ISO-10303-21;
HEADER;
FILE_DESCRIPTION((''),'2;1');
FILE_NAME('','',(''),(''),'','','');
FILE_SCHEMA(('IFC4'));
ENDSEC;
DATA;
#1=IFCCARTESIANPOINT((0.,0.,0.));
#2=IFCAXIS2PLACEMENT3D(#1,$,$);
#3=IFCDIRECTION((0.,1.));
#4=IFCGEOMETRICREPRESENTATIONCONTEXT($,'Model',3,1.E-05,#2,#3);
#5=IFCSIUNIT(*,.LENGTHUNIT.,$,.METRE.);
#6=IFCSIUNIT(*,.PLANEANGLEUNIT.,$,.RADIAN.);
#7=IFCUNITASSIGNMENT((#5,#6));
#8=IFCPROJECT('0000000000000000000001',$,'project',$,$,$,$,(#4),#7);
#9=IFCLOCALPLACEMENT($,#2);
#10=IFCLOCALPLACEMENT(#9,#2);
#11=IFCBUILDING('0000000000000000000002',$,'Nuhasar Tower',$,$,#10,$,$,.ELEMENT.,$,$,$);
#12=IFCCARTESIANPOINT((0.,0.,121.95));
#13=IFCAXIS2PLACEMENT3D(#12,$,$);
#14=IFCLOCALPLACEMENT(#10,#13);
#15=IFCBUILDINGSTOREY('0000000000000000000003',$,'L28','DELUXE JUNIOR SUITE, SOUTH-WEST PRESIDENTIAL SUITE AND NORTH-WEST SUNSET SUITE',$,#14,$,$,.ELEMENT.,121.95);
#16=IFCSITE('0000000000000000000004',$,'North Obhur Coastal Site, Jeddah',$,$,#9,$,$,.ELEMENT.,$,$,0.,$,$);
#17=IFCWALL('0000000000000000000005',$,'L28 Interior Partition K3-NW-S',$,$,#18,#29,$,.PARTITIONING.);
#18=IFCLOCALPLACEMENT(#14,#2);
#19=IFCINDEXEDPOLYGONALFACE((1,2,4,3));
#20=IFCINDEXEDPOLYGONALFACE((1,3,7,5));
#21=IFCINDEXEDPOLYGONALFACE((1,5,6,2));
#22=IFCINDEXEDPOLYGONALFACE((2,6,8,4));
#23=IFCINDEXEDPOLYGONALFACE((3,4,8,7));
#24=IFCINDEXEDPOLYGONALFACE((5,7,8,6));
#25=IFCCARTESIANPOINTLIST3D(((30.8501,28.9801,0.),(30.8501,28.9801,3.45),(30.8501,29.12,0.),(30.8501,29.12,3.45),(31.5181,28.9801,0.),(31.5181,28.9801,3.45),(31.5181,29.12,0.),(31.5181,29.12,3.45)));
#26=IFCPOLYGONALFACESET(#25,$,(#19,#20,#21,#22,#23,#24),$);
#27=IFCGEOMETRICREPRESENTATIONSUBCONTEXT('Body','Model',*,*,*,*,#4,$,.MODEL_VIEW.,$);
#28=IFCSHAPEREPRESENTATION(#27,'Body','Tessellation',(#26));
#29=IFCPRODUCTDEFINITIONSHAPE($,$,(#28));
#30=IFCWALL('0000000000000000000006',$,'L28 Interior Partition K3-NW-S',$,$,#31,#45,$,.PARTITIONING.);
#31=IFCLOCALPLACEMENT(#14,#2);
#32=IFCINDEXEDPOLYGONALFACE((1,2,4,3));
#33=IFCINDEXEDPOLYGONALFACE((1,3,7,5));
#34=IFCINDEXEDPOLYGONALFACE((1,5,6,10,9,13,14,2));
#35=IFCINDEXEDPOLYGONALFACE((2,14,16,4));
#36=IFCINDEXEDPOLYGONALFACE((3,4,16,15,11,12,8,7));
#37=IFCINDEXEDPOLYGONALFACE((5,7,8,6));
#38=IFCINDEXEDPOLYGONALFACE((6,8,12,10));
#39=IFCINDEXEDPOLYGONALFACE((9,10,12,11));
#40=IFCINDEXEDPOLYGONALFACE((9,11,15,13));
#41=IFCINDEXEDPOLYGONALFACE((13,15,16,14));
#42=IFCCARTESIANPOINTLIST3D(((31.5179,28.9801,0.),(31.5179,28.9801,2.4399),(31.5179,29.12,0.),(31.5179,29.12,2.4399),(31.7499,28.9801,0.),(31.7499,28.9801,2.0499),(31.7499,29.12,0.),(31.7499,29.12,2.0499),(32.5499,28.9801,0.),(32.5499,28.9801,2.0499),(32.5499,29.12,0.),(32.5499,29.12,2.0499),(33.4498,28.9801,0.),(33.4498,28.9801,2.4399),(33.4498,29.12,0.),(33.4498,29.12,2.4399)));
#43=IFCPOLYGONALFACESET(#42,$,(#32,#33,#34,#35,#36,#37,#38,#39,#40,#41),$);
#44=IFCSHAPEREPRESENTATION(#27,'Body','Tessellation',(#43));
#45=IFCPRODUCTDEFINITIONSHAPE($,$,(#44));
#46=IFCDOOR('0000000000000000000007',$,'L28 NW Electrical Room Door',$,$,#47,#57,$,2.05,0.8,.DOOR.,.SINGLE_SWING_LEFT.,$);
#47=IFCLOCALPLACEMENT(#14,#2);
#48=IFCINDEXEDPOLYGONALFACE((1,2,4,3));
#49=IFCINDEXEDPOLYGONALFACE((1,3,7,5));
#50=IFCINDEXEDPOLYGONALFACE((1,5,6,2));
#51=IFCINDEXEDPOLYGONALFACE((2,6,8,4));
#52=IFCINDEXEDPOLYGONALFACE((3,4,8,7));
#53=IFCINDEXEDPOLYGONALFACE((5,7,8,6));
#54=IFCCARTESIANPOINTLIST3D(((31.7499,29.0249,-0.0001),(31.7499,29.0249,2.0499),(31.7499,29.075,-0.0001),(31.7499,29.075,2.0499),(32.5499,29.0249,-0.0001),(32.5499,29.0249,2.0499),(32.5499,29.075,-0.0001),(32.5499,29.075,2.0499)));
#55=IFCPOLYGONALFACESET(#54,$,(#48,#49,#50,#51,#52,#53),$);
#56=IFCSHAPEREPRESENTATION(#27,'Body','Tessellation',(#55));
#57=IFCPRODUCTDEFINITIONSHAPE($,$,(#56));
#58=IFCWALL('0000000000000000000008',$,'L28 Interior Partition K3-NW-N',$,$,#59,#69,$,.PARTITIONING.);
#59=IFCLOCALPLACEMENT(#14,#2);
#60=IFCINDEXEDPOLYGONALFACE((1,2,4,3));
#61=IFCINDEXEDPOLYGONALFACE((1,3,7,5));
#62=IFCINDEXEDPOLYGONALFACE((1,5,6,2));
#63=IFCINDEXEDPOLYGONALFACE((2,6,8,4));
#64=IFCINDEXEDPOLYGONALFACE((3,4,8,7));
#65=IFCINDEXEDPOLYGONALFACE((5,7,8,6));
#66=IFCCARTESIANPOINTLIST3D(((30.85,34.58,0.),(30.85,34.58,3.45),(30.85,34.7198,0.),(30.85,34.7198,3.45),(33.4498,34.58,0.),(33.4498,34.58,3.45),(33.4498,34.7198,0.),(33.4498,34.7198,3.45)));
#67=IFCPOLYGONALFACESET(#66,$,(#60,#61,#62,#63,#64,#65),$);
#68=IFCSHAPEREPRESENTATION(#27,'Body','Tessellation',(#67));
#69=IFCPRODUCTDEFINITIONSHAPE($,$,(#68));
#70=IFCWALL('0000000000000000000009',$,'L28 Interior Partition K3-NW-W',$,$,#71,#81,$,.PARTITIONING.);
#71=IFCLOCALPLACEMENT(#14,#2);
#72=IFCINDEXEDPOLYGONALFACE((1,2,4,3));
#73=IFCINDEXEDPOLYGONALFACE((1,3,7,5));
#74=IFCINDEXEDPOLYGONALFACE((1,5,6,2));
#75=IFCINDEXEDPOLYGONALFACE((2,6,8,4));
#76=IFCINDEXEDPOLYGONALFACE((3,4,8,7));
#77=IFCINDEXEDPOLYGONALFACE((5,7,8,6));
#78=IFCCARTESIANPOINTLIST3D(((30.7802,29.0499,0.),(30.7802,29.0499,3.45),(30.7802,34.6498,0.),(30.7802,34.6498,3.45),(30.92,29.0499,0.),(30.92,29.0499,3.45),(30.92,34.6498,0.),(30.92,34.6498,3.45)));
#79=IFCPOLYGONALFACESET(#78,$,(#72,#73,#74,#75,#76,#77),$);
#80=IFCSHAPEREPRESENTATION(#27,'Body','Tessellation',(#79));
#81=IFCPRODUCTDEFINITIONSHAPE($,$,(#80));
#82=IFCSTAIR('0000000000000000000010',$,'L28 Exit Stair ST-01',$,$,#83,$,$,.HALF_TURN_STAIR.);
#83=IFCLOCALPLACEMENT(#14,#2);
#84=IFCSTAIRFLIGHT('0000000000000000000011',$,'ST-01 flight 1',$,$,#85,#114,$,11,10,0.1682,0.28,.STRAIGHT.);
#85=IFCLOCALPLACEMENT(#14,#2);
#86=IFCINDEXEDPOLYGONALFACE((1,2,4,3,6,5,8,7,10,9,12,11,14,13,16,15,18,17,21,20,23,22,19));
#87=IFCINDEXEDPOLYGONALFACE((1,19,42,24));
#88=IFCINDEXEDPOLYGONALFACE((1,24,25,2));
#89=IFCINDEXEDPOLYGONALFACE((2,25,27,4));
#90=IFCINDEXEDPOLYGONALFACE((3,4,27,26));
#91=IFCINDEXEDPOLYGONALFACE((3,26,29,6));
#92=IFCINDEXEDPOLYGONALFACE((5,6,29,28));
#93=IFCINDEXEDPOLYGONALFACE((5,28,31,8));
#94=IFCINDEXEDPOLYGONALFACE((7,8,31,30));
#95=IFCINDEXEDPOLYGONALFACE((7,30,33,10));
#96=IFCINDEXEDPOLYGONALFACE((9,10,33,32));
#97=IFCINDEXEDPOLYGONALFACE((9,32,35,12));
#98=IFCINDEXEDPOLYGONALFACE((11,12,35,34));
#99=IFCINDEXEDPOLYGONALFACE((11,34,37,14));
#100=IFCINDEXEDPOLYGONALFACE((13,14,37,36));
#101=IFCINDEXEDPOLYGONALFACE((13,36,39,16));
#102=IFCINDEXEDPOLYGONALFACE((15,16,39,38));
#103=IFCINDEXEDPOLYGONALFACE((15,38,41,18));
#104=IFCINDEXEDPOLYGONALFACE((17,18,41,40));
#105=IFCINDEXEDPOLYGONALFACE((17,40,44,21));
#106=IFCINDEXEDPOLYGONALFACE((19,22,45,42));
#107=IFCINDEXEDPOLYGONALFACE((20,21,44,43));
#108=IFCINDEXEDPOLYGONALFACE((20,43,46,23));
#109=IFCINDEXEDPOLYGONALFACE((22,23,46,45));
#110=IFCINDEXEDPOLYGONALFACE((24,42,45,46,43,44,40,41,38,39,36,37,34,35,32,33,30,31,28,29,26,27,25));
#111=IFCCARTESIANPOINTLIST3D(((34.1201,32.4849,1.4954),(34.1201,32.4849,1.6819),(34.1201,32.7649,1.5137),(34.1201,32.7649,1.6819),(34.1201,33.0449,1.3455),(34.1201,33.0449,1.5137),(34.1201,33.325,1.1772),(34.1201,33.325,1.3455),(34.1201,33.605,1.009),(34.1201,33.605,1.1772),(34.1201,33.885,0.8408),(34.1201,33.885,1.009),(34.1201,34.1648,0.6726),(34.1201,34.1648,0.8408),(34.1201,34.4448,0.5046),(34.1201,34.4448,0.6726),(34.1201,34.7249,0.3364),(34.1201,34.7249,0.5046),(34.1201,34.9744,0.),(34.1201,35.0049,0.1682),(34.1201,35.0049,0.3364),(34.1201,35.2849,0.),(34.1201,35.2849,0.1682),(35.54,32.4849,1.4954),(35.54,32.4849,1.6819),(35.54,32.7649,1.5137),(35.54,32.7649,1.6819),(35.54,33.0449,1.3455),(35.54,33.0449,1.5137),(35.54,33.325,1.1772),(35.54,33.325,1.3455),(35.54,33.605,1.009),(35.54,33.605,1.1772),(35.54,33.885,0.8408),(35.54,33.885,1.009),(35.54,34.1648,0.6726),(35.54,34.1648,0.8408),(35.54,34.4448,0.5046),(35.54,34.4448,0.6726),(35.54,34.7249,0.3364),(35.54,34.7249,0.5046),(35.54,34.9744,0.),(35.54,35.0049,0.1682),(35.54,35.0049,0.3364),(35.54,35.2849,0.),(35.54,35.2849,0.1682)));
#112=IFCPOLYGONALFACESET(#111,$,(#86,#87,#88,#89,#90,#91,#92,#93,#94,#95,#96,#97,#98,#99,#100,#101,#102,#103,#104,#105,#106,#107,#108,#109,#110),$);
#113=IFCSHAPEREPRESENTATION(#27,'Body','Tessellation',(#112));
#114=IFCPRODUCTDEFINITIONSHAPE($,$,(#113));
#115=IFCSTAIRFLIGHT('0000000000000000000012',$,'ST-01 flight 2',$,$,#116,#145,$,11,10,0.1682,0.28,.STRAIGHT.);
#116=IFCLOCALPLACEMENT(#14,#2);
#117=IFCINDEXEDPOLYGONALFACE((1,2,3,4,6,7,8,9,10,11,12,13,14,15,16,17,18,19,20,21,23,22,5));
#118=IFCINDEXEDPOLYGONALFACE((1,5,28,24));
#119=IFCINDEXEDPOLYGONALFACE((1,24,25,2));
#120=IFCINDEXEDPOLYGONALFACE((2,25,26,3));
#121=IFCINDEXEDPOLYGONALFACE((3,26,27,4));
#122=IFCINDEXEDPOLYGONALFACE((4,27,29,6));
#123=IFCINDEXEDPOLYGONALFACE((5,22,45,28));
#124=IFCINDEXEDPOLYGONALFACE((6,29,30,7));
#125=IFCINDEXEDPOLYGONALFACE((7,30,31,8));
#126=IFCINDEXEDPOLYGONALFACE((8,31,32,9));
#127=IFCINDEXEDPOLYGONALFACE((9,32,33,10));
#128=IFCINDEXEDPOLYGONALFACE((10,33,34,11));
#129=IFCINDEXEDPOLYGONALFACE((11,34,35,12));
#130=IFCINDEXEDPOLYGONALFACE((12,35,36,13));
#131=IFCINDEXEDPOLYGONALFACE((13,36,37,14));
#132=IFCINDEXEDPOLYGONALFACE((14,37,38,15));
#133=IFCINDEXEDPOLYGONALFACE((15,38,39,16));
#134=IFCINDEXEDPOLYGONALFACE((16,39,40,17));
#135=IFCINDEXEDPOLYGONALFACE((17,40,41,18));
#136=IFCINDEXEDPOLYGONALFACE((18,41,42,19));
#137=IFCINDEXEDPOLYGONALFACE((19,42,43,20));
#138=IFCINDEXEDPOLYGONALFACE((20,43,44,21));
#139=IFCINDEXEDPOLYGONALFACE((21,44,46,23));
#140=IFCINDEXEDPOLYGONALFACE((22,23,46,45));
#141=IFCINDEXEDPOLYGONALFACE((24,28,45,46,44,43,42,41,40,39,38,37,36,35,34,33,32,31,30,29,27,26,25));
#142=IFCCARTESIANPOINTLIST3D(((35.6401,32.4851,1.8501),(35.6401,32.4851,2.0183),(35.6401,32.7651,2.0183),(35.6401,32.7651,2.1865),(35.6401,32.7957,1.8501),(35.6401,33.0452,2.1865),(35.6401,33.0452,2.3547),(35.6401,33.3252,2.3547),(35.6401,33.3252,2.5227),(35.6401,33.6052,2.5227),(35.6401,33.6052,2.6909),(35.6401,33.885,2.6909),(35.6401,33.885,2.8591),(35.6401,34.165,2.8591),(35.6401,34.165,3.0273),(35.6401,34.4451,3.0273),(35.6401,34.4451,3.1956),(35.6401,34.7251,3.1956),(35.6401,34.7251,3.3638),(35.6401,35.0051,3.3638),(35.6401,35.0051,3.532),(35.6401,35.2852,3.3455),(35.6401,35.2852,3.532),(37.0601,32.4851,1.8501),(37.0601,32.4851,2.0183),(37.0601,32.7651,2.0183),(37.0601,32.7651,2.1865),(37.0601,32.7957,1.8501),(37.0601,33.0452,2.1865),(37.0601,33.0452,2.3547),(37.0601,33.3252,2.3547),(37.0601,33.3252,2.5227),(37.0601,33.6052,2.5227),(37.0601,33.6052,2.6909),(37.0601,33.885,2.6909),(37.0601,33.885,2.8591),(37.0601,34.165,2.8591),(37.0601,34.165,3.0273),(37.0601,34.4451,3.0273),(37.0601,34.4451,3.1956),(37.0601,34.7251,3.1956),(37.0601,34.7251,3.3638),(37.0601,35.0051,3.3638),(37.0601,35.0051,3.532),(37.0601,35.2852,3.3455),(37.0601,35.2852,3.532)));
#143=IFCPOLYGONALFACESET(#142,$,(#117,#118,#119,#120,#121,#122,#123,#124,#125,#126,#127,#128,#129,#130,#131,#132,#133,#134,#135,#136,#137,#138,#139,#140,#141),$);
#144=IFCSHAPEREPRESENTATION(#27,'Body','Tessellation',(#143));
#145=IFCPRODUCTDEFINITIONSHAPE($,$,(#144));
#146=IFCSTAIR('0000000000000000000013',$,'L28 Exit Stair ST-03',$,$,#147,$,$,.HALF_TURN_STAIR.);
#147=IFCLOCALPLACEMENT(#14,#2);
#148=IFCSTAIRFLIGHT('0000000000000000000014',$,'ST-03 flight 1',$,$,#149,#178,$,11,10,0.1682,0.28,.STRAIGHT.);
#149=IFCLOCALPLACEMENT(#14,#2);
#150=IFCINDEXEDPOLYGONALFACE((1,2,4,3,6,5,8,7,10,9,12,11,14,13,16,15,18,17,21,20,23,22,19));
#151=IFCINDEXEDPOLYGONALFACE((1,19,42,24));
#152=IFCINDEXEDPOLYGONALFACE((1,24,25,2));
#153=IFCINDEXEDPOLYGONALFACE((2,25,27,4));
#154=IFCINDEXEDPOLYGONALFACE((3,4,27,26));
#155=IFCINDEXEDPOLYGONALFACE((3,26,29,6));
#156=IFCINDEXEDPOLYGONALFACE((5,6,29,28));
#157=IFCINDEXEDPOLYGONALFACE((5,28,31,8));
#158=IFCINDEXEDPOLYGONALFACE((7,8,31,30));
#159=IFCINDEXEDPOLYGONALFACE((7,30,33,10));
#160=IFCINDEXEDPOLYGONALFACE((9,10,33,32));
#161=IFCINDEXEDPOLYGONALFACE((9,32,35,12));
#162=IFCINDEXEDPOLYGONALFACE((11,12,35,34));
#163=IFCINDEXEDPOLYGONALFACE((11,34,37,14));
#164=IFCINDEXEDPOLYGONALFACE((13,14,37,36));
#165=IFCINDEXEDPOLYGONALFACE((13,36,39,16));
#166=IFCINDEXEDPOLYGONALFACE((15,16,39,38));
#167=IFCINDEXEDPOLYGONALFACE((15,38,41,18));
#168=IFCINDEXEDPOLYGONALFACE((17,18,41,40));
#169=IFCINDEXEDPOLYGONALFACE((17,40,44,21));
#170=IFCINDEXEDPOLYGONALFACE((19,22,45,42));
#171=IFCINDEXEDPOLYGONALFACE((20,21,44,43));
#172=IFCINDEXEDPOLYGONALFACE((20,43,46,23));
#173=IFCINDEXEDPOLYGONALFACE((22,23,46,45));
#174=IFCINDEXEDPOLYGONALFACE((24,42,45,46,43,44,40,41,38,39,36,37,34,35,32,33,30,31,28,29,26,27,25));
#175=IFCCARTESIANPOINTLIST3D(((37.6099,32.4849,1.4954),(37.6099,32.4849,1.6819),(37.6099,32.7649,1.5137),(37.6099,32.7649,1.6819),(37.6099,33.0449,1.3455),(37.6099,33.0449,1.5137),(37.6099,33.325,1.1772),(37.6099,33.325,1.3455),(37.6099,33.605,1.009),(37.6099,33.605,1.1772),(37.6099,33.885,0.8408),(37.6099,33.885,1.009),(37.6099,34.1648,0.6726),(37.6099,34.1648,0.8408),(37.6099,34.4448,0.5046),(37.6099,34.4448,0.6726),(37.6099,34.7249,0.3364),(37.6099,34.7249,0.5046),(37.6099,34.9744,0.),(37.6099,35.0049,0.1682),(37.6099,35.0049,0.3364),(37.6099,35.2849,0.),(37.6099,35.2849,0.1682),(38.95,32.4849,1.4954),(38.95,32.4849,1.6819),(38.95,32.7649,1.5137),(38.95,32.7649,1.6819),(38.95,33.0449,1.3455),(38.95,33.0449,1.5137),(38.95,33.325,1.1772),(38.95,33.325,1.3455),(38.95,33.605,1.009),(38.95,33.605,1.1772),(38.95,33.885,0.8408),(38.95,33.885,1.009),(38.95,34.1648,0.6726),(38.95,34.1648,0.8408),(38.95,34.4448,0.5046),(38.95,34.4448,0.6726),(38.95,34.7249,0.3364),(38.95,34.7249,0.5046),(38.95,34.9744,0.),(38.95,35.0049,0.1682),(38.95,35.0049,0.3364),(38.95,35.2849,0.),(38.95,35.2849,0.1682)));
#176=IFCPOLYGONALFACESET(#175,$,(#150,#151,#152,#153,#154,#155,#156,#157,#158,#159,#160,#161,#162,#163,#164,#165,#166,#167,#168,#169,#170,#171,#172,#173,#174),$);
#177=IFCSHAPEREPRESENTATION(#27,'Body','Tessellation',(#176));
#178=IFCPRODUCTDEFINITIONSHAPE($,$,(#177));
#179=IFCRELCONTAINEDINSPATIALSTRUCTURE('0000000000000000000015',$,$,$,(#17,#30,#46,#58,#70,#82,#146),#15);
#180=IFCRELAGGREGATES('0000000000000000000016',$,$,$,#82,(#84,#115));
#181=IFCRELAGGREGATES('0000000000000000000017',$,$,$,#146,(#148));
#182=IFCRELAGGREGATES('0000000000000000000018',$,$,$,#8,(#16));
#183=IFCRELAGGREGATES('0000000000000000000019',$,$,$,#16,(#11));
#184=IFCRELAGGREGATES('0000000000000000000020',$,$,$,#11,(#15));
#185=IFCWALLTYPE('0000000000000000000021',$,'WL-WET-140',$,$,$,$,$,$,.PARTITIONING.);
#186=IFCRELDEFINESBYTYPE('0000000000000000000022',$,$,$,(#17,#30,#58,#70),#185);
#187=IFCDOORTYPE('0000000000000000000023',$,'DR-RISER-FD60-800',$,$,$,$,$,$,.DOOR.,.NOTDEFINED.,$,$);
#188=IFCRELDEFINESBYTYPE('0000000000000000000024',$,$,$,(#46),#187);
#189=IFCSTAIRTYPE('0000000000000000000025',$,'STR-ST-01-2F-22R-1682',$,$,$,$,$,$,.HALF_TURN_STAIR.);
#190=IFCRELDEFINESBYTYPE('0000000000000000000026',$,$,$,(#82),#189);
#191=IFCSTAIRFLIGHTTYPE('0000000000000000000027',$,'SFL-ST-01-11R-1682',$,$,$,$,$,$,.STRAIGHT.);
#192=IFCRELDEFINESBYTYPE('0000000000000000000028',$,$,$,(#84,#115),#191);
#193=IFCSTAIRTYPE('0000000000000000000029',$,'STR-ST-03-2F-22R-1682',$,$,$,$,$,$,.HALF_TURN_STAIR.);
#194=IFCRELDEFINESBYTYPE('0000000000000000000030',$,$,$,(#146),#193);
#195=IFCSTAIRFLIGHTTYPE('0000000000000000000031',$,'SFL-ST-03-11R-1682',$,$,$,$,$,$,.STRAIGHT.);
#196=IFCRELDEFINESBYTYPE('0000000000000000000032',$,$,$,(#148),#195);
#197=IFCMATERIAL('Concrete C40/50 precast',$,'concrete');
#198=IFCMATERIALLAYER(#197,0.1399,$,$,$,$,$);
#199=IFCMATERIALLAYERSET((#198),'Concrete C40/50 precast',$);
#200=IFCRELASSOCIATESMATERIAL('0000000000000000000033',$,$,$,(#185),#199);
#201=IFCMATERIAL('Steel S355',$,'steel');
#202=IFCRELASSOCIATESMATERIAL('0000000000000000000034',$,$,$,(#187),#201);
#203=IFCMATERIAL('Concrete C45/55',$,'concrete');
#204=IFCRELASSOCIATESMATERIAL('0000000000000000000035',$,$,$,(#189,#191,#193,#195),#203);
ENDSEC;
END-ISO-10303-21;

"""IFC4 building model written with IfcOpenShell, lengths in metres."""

from ifc_helpers import new_model, si_unit, direction, frame, frame_2d, origin, place, context, subcontext, project, spatial, polyline, rectangle, outline, extrude, material, layer, layer_set, type_object, element, fill, aggregate, save


model = new_model("IFC4")

# Units and contexts
model_context = context("Model", 3, precision=1e-05, world=origin(), true_north=direction((0.0, 1.0)))
body_context = subcontext(model_context, "Body", "Model", "MODEL_VIEW")
ifc_project = project(units=[si_unit("LENGTHUNIT", "METRE"), si_unit("PLANEANGLEUNIT", "RADIAN")], contexts=[model_context])

# Site, building, storey
site_placement = place(None, origin())
site = spatial("IfcSite", under=ifc_project, at=site_placement, Name="North Obhur Coastal Site, Jeddah", CompositionType="ELEMENT", RefElevation=0.0)
building_placement = place(site_placement, origin())
building = spatial("IfcBuilding", under=site, at=building_placement, Name="Nuhasar Tower", CompositionType="ELEMENT")
storey_placement = place(building_placement, frame((0.0, 0.0, 121.95)))
storey = spatial("IfcBuildingStorey", under=building, at=storey_placement, Name="L28", Description="DELUXE JUNIOR SUITE, SOUTH-WEST PRESIDENTIAL SUITE AND NORTH-WEST SUNSET SUITE", CompositionType="ELEMENT", Elevation=121.95)

# Shared definitions
ifc_material_1 = material(Name="Steel S355", Category="steel")

# Shared definitions
ifc_material_2 = material(Name="Concrete C40/50 precast", Category="concrete")
ifc_layer_1 = layer(ifc_material_2, 0.1399)
ifc_layer_set_1 = layer_set([ifc_layer_1], Name="Concrete C40/50 precast")
wall_type_1 = type_object("IfcWallType", Name="WL-WET-140", PredefinedType="PARTITIONING", material=ifc_layer_set_1)

# Wall
wall_1_placement = place(storey_placement, frame((30.8501, 29.05, 0.0), z_axis=(0.0, 0.0, 1.0), x_axis=(1.0, 0.0, 0.0)))
element("IfcWall", 1, at=wall_1_placement, inside=storey, type_object=wall_type_1, Name="L28 Interior Partition K3-NW-S", PredefinedType="PARTITIONING", context=body_context, shape_type="SweptSolid", body=[
    extrude(rectangle(XDim=0.668, YDim=0.1399, at=frame_2d((0.334, 0.0))), origin(), (0.0, 0.0, 1.0), 3.45),
])

# Wall, opening, door
wall_2_placement = place(storey_placement, frame((31.5181, 29.05, 0.0), z_axis=(0.0, 0.0, 1.0), x_axis=(1.0, 0.0, 0.0)))
wall_2 = element("IfcWall", 2, at=wall_2_placement, inside=storey, type_object=wall_type_1, Name="L28 Interior Partition K3-NW-S", PredefinedType="PARTITIONING", context=body_context, shape_type="SweptSolid", body=[
    extrude(rectangle(XDim=1.9319, YDim=0.1399, at=frame_2d((0.9658, 0.0))), origin(), (0.0, 0.0, 1.0), 2.4399),
])
opening_1_placement = place(wall_2_placement, frame((0.2319, 0.0, 0.0)))
opening_1 = element("IfcOpeningElement", 3, at=opening_1_placement, cuts=wall_2, PredefinedType="OPENING", context=body_context, shape_type="SweptSolid", body=[
    extrude(rectangle(XDim=0.8, YDim=2.05, at=frame_2d((0.3999, 1.0249))), frame((0.0, 0.0801, 0.0), z_axis=(0.0, -1.0, 0.0), x_axis=(1.0, 0.0, 0.0)), (0.0, 0.0, 1.0), 0.1599),
])
door_type_1 = type_object("IfcDoorType", Name="DR-RISER-FD60-800", OperationType="NOTDEFINED", PredefinedType="DOOR", material=ifc_material_1)
door_1_placement = place(opening_1_placement, origin())
door_1 = element("IfcDoor", 4, at=door_1_placement, inside=storey, type_object=door_type_1, Name="L28 NW Electrical Room Door", OperationType="SINGLE_SWING_LEFT", OverallHeight=2.05, OverallWidth=0.8, PredefinedType="DOOR", context=body_context, shape_type="SweptSolid", body=[
    extrude(rectangle(XDim=0.8, YDim=2.05, at=frame_2d((0.3999, 1.0249))), frame((0.0, 0.0249, 0.0), z_axis=(0.0, -1.0, 0.0), x_axis=(1.0, 0.0, 0.0)), (0.0, 0.0, 1.0), 0.05),
])
fill(opening_1, door_1)

# Walls
wall_3_placement = place(storey_placement, frame((30.8501, 34.6499, 0.0), z_axis=(0.0, 0.0, 1.0), x_axis=(1.0, 0.0, 0.0)))
element("IfcWall", 5, at=wall_3_placement, inside=storey, type_object=wall_type_1, Name="L28 Interior Partition K3-NW-N", PredefinedType="PARTITIONING", context=body_context, shape_type="SweptSolid", body=[
    extrude(rectangle(XDim=2.5999, YDim=0.1399, at=frame_2d((1.2998, 0.0))), origin(), (0.0, 0.0, 1.0), 3.45),
])
wall_4_placement = place(storey_placement, frame((30.8501, 29.05, 0.0), z_axis=(0.0, 0.0, 1.0), x_axis=(0.0, 1.0, 0.0)))
element("IfcWall", 6, at=wall_4_placement, inside=storey, type_object=wall_type_1, Name="L28 Interior Partition K3-NW-W", PredefinedType="PARTITIONING", context=body_context, shape_type="SweptSolid", body=[
    extrude(rectangle(XDim=5.5999, YDim=0.1399, at=frame_2d((2.7998, 0.0))), origin(), (0.0, 0.0, 1.0), 3.45),
])

# Stair, stair flights
ifc_material_3 = material(Name="Concrete C45/55", Category="concrete")
stair_type_1 = type_object("IfcStairType", Name="STR-ST-01-2F-22R-1682", PredefinedType="HALF_TURN_STAIR", material=ifc_material_3)
stair_1_placement = place(storey_placement, origin())
stair_1 = element("IfcStair", 7, at=stair_1_placement, inside=storey, type_object=stair_type_1, Name="L28 Exit Stair ST-01", PredefinedType="HALF_TURN_STAIR")
stair_flight_type_1 = type_object("IfcStairFlightType", Name="SFL-ST-01-11R-1682", PredefinedType="STRAIGHT", material=ifc_material_3)
stair_flight_1_placement = place(storey_placement, frame((34.8301, 35.2849, 0.0), z_axis=(0.0, 0.0, 1.0), x_axis=(0.0, -1.0, 0.0)))
stair_flight_1 = element("IfcStairFlight", 8, at=stair_flight_1_placement, type_object=stair_flight_type_1, Name="ST-01 flight 1", NumberOfRisers=11, NumberOfTreads=10, PredefinedType="STRAIGHT", RiserHeight=0.1682, TreadLength=0.28, context=body_context, shape_type="SweptSolid", body=[
    extrude(outline(polyline([(0.0, 0.0), (0.0, 0.1682), (0.28, 0.1682), (0.28, 0.3364), (0.5601, 0.3364), (0.5601, 0.5046), (0.8401, 0.5046), (0.8401, 0.6726), (1.1201, 0.6726), (1.1201, 0.8408), (1.3999, 0.8408), (1.3999, 1.009), (1.6799, 1.009), (1.6799, 1.1772), (1.96, 1.1772), (1.96, 1.3455), (2.24, 1.3455), (2.24, 1.5137), (2.52, 1.5137), (2.52, 1.6819), (2.8, 1.6819), (2.8, 1.8501), (2.8, 1.4954), (0.3105, 0.0), (0.0, 0.0)])), frame((0.0, 0.71, 0.0), z_axis=(0.0, -1.0, 0.0), x_axis=(1.0, 0.0, 0.0)), (0.0, 0.0, 1.0), 1.4199),
])
stair_flight_2_placement = place(storey_placement, frame((36.3501, 32.4851, 1.8501), z_axis=(0.0, 0.0, 1.0), x_axis=(0.0, 1.0, 0.0)))
stair_flight_2 = element("IfcStairFlight", 9, at=stair_flight_2_placement, type_object=stair_flight_type_1, Name="ST-01 flight 2", NumberOfRisers=11, NumberOfTreads=10, PredefinedType="STRAIGHT", RiserHeight=0.1682, TreadLength=0.28, context=body_context, shape_type="SweptSolid", body=[
    extrude(outline(polyline([(0.0, 0.0), (0.0, 0.1682), (0.28, 0.1682), (0.28, 0.3364), (0.5601, 0.3364), (0.5601, 0.5046), (0.8401, 0.5046), (0.8401, 0.6726), (1.1201, 0.6726), (1.1201, 0.8408), (1.3999, 0.8408), (1.3999, 1.009), (1.6799, 1.009), (1.6799, 1.1772), (1.96, 1.1772), (1.96, 1.3455), (2.24, 1.3455), (2.24, 1.5137), (2.52, 1.5137), (2.52, 1.6819), (2.8, 1.6819), (2.8, 1.8501), (2.8, 1.4954), (0.3105, 0.0), (0.0, 0.0)])), frame((0.0, 0.71, 0.0), z_axis=(0.0, -1.0, 0.0), x_axis=(1.0, 0.0, 0.0)), (0.0, 0.0, 1.0), 1.4199),
])
aggregate(stair_1, [stair_flight_1, stair_flight_2])

# Stair, stair flight
stair_type_2 = type_object("IfcStairType", Name="STR-ST-03-2F-22R-1682", PredefinedType="HALF_TURN_STAIR", material=ifc_material_3)
stair_2_placement = place(storey_placement, origin())
stair_2 = element("IfcStair", 10, at=stair_2_placement, inside=storey, type_object=stair_type_2, Name="L28 Exit Stair ST-03", PredefinedType="HALF_TURN_STAIR")
stair_flight_type_2 = type_object("IfcStairFlightType", Name="SFL-ST-03-11R-1682", PredefinedType="STRAIGHT", material=ifc_material_3)
stair_flight_3_placement = place(storey_placement, frame((38.28, 35.2849, 0.0), z_axis=(0.0, 0.0, 1.0), x_axis=(0.0, -1.0, 0.0)))
stair_flight_3 = element("IfcStairFlight", 11, at=stair_flight_3_placement, type_object=stair_flight_type_2, Name="ST-03 flight 1", NumberOfRisers=11, NumberOfTreads=10, PredefinedType="STRAIGHT", RiserHeight=0.1682, TreadLength=0.28, context=body_context, shape_type="SweptSolid", body=[
    extrude(outline(polyline([(0.0, 0.0), (0.0, 0.1682), (0.28, 0.1682), (0.28, 0.3364), (0.5601, 0.3364), (0.5601, 0.5046), (0.8401, 0.5046), (0.8401, 0.6726), (1.1201, 0.6726), (1.1201, 0.8408), (1.3999, 0.8408), (1.3999, 1.009), (1.6799, 1.009), (1.6799, 1.1772), (1.96, 1.1772), (1.96, 1.3455), (2.24, 1.3455), (2.24, 1.5137), (2.52, 1.5137), (2.52, 1.6819), (2.8, 1.6819), (2.8, 1.8501), (2.8, 1.4954), (0.3105, 0.0), (0.0, 0.0)])), frame((0.0, 0.6699, 0.0), z_axis=(0.0, -1.0, 0.0), x_axis=(1.0, 0.0, 0.0)), (0.0, 0.0, 1.0), 1.3401),
])
aggregate(stair_2, [stair_flight_3])

save(model, "model.ifc")
